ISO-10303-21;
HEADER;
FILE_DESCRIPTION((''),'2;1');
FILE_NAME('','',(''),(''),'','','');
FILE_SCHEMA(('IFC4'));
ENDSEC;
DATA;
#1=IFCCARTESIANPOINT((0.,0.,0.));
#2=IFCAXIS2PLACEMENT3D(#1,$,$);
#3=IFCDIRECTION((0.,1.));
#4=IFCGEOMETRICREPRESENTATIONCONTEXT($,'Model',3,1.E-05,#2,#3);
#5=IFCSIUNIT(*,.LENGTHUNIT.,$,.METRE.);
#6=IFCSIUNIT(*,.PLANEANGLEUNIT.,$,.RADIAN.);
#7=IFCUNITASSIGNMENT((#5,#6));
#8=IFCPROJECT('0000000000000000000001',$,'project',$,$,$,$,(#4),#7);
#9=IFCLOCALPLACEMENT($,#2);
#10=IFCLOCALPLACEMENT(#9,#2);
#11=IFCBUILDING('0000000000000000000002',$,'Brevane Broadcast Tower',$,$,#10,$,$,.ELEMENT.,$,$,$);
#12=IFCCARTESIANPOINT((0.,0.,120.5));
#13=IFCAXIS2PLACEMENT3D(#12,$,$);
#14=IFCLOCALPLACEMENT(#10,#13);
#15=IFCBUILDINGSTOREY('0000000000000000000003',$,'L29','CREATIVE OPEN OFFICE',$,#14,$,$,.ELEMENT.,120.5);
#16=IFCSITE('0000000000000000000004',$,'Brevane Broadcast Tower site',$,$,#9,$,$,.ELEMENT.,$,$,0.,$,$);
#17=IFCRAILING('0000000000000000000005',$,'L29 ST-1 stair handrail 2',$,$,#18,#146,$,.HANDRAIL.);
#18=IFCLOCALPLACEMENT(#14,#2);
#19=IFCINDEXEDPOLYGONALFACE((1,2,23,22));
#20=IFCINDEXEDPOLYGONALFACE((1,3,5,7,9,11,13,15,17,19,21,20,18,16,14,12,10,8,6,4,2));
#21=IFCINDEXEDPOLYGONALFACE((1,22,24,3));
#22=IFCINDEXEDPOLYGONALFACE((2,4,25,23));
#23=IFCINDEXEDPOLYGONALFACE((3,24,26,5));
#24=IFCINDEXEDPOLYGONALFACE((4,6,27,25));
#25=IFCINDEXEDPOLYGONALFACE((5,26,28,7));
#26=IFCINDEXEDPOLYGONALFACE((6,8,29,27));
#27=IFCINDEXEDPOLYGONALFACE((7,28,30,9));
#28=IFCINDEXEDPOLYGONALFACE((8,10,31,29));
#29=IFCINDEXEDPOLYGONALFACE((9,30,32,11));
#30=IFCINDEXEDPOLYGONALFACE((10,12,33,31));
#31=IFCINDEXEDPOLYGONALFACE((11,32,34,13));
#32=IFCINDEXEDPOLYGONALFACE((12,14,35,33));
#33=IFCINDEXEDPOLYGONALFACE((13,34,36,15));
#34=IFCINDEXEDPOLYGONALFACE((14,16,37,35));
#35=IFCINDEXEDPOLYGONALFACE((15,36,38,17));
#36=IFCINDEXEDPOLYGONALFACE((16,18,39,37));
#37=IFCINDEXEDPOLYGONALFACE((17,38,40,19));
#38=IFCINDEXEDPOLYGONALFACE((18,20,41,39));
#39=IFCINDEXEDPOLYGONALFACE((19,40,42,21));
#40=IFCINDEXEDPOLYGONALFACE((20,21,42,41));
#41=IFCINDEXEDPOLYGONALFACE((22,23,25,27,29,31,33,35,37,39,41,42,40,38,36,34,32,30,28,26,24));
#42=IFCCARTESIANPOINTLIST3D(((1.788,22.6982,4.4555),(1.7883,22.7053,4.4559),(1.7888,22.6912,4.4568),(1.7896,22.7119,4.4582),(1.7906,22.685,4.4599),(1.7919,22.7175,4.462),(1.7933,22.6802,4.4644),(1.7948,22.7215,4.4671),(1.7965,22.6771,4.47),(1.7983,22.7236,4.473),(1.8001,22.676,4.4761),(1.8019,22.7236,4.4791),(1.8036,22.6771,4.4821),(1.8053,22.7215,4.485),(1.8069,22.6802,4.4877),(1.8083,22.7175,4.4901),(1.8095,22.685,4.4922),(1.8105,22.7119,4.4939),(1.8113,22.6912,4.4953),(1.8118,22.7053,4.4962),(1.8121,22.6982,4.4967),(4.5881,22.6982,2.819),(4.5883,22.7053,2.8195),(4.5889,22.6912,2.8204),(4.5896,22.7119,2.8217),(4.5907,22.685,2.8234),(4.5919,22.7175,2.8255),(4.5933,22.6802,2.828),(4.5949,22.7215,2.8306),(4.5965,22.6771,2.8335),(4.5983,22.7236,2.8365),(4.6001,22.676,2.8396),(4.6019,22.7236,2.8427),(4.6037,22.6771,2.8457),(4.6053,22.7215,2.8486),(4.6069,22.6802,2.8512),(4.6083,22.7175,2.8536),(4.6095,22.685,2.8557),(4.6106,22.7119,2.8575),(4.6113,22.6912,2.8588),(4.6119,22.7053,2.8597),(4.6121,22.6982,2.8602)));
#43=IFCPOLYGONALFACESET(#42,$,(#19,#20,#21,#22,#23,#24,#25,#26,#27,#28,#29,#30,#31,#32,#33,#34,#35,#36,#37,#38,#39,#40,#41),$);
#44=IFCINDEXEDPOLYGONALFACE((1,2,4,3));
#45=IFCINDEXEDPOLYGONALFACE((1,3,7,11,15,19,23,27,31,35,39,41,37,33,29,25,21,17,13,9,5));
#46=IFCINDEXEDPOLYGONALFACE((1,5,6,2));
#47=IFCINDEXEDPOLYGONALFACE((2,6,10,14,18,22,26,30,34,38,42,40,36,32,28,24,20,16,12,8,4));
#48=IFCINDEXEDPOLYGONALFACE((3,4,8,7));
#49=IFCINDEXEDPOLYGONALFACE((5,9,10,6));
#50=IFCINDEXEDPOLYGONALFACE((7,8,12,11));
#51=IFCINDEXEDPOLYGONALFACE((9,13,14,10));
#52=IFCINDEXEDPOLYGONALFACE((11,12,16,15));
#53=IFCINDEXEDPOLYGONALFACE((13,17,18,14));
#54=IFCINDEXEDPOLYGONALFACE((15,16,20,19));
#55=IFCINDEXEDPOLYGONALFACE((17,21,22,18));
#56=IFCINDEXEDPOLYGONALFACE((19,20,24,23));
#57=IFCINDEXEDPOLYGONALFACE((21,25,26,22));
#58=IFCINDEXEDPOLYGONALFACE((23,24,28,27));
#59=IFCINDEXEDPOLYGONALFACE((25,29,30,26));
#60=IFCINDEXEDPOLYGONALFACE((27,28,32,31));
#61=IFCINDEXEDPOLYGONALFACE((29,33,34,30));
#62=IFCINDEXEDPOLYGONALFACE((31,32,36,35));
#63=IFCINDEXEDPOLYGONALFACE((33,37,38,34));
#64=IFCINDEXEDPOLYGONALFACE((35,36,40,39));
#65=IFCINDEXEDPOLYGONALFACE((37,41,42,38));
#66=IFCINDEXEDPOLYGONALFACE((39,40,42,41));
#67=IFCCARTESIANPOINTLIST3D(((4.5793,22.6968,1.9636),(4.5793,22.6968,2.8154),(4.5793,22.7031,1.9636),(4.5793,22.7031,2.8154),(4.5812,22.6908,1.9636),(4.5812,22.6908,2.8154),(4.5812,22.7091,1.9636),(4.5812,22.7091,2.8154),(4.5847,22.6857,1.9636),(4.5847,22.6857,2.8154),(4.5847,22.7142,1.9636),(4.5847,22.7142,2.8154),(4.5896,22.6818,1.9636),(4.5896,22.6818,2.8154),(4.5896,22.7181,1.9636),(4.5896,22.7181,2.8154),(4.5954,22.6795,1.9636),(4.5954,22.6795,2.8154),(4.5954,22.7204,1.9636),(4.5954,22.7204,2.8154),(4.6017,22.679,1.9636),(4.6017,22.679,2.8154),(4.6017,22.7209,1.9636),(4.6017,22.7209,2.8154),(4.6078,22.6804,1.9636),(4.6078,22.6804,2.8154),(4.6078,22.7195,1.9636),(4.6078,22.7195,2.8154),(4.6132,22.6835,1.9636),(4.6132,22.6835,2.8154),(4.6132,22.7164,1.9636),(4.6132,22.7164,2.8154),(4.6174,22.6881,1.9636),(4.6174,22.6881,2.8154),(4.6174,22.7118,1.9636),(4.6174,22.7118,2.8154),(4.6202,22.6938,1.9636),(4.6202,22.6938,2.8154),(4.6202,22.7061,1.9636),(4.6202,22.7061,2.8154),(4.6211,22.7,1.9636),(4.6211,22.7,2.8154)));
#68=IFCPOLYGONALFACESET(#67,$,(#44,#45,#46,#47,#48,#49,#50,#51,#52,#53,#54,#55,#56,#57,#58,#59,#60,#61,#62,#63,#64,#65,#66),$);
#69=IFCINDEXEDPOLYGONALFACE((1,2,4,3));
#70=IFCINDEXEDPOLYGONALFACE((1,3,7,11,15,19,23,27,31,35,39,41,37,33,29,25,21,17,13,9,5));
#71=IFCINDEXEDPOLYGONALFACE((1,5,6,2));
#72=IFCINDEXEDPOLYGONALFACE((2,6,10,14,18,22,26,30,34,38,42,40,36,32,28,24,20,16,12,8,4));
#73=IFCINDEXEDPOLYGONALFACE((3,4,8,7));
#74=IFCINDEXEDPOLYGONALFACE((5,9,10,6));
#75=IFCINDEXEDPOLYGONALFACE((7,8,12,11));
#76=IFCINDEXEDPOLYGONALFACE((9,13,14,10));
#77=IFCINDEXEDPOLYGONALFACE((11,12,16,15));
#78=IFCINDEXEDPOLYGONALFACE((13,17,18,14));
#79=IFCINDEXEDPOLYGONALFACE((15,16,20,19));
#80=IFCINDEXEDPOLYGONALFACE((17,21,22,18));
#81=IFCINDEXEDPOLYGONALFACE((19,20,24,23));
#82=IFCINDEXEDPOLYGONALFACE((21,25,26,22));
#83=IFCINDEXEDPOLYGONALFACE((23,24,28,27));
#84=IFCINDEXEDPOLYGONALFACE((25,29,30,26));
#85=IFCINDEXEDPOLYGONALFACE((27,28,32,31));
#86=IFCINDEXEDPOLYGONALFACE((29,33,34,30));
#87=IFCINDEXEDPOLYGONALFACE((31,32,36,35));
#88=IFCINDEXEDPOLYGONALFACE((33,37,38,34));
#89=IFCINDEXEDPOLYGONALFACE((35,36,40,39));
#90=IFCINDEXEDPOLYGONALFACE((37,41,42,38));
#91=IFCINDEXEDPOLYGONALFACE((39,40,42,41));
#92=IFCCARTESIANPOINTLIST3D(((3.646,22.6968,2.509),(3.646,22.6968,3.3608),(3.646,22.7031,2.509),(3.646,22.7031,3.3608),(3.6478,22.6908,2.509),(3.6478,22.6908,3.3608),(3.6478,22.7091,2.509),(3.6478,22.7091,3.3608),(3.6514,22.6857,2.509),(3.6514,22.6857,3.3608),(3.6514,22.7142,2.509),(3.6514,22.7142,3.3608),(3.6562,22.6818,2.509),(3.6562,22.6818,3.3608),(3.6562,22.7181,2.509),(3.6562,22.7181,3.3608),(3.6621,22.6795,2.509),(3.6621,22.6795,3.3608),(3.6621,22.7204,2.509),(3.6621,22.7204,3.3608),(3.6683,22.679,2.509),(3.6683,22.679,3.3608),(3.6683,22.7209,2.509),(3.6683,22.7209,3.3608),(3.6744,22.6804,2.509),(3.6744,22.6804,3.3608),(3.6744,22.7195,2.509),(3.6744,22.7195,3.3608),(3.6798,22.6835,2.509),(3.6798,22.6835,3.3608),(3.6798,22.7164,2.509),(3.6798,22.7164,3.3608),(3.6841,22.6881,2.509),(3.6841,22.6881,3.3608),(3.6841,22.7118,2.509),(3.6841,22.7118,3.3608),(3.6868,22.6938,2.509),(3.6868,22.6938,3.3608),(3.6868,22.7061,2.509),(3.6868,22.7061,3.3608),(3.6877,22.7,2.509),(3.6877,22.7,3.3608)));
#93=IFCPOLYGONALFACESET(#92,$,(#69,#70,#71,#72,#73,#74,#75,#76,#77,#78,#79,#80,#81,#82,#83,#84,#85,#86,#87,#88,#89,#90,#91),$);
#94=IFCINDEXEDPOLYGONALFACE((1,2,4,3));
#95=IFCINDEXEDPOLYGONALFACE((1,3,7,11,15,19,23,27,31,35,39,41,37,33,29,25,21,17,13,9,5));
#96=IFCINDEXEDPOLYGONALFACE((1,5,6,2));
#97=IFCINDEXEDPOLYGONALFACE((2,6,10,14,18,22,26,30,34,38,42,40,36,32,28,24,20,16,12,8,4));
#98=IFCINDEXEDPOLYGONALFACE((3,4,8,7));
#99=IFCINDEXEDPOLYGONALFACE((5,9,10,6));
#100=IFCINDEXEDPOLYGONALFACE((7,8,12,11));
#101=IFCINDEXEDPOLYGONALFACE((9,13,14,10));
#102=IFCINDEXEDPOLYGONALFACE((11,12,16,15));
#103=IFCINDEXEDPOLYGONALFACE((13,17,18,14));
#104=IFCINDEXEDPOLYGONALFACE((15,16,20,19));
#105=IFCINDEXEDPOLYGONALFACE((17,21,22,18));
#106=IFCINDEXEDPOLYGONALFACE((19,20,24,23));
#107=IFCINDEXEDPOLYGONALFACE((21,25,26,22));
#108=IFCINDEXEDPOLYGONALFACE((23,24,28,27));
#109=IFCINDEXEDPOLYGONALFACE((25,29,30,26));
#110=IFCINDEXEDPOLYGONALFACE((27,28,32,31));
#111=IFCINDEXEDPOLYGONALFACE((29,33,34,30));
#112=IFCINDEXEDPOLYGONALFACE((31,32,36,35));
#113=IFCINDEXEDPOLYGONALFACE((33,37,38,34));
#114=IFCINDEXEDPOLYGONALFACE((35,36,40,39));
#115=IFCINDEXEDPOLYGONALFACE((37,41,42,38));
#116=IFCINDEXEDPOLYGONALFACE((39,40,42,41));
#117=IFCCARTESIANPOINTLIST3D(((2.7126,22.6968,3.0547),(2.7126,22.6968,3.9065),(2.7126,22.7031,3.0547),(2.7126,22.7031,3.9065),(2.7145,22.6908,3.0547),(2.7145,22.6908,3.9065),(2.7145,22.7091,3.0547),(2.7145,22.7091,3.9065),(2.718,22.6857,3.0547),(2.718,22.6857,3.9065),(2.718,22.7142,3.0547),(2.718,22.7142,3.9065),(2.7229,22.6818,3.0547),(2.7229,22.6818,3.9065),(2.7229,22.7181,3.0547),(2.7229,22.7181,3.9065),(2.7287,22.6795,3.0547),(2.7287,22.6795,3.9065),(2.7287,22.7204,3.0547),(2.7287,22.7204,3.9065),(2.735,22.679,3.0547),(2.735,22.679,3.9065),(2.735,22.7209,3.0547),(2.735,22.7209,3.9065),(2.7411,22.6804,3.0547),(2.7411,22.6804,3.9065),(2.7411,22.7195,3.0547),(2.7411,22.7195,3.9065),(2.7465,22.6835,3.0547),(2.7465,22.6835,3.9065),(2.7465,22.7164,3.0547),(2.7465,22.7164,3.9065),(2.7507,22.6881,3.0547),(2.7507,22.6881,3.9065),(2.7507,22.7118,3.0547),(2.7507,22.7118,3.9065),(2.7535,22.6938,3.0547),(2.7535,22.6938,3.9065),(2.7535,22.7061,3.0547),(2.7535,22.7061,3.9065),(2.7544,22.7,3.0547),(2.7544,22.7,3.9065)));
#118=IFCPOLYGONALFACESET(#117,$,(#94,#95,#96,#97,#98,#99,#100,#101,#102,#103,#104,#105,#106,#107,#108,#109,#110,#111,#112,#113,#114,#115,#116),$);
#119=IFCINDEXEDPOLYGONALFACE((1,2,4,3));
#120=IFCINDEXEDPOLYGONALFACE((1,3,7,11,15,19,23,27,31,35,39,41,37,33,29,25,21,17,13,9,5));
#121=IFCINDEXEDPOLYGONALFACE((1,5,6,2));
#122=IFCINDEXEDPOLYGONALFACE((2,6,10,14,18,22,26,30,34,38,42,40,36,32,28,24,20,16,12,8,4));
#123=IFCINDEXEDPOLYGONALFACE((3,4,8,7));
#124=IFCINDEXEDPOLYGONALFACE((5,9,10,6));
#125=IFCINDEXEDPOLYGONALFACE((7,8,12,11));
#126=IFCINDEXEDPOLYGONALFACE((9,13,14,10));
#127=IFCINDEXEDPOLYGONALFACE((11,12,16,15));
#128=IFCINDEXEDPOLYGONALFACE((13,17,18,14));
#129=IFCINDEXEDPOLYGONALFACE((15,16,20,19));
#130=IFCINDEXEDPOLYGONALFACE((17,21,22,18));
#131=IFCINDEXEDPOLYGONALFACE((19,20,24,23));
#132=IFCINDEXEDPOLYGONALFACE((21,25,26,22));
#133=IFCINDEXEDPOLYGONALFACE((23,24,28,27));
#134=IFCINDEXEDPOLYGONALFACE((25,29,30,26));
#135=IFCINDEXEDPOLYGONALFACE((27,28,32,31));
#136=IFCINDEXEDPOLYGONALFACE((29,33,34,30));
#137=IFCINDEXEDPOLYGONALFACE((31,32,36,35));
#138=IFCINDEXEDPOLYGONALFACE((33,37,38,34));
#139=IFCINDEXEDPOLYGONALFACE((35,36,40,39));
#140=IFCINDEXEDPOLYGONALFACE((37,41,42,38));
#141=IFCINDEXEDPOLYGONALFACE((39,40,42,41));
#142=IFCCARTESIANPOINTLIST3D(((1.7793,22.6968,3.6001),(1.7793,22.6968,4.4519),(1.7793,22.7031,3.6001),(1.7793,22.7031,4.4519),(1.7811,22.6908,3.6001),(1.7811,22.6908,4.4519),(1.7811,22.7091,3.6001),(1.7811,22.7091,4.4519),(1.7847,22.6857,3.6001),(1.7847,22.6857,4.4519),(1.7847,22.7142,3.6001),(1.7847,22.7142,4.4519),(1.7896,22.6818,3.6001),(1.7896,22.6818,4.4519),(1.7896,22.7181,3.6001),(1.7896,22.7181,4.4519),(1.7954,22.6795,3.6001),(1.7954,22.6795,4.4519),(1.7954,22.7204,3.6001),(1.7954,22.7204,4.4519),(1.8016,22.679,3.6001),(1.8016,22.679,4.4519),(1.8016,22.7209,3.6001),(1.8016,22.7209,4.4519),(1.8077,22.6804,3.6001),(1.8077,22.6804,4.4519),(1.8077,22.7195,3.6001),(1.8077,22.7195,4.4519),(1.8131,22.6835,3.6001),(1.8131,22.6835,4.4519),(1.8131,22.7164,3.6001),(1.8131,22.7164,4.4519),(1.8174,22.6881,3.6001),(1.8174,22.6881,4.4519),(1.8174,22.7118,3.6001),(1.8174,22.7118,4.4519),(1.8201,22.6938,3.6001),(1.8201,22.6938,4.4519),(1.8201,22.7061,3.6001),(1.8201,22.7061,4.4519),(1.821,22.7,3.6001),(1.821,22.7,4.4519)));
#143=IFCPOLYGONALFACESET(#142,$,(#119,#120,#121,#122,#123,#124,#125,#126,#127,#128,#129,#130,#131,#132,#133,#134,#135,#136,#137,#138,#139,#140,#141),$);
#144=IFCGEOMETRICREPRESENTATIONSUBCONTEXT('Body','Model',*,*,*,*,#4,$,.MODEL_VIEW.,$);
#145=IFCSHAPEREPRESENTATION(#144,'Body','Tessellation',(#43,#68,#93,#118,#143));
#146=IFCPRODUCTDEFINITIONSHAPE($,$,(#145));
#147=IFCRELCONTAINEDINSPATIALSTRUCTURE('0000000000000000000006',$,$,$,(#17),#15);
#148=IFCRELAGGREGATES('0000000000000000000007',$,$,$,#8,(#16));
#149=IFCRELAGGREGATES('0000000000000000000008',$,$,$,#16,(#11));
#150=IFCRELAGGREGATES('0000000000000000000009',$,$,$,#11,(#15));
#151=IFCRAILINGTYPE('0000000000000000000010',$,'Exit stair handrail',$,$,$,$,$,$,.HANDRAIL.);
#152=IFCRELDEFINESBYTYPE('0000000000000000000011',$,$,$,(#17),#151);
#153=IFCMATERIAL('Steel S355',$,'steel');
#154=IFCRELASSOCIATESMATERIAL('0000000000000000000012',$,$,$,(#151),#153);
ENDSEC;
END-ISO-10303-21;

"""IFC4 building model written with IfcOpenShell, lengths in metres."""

from ifc_helpers import new_model, si_unit, direction, frame, origin, origin_2d, place, context, subcontext, project, spatial, circle, extrude, material, type_object, element, save


model = new_model("IFC4")

# Units and contexts
model_context = context("Model", 3, precision=1e-05, world=origin(), true_north=direction((0.0, 1.0)))
body_context = subcontext(model_context, "Body", "Model", "MODEL_VIEW")
ifc_project = project(units=[si_unit("LENGTHUNIT", "METRE"), si_unit("PLANEANGLEUNIT", "RADIAN")], contexts=[model_context])

# Site, building, storey
site_placement = place(None, origin())
site = spatial("IfcSite", under=ifc_project, at=site_placement, Name="Brevane Broadcast Tower site", CompositionType="ELEMENT", RefElevation=0.0)
building_placement = place(site_placement, origin())
building = spatial("IfcBuilding", under=site, at=building_placement, Name="Brevane Broadcast Tower", CompositionType="ELEMENT")
storey_placement = place(building_placement, frame((0.0, 0.0, 120.5)))
storey = spatial("IfcBuildingStorey", under=building, at=storey_placement, Name="L29", Description="CREATIVE OPEN OFFICE", CompositionType="ELEMENT", Elevation=120.5)

# Railing
ifc_material_1 = material(Name="Steel S355", Category="steel")
railing_type_1 = type_object("IfcRailingType", Name="Exit stair handrail", PredefinedType="HANDRAIL", material=ifc_material_1)
railing_1_placement = place(storey_placement, frame((4.6001, 22.7, 1.9636)))
element("IfcRailing", 1, at=railing_1_placement, inside=storey, type_object=railing_type_1, Name="L29 ST-1 stair handrail 2", PredefinedType="HANDRAIL", context=body_context, shape_type="SweptSolid", body=[
    extrude(circle(Radius=0.0239, at=origin_2d()), frame((0.0, 0.0, 0.876), z_axis=(-0.863361, 0.0, 0.504587), x_axis=(0.0, -1.0, 0.0)), (0.0, 0.0, 1.0), 3.2432),
    extrude(circle(Radius=0.021, at=origin_2d()), origin(), (0.0, 0.0, 1.0), 0.8518),
    extrude(circle(Radius=0.021, at=origin_2d()), frame((-0.9333, 0.0, 0.5454)), (0.0, 0.0, 1.0), 0.8518),
    extrude(circle(Radius=0.021, at=origin_2d()), frame((-1.8667, 0.0, 1.0911)), (0.0, 0.0, 1.0), 0.8518),
    extrude(circle(Radius=0.021, at=origin_2d()), frame((-2.8, 0.0, 1.6365)), (0.0, 0.0, 1.0), 0.8518),
])

save(model, "model.ifc")
